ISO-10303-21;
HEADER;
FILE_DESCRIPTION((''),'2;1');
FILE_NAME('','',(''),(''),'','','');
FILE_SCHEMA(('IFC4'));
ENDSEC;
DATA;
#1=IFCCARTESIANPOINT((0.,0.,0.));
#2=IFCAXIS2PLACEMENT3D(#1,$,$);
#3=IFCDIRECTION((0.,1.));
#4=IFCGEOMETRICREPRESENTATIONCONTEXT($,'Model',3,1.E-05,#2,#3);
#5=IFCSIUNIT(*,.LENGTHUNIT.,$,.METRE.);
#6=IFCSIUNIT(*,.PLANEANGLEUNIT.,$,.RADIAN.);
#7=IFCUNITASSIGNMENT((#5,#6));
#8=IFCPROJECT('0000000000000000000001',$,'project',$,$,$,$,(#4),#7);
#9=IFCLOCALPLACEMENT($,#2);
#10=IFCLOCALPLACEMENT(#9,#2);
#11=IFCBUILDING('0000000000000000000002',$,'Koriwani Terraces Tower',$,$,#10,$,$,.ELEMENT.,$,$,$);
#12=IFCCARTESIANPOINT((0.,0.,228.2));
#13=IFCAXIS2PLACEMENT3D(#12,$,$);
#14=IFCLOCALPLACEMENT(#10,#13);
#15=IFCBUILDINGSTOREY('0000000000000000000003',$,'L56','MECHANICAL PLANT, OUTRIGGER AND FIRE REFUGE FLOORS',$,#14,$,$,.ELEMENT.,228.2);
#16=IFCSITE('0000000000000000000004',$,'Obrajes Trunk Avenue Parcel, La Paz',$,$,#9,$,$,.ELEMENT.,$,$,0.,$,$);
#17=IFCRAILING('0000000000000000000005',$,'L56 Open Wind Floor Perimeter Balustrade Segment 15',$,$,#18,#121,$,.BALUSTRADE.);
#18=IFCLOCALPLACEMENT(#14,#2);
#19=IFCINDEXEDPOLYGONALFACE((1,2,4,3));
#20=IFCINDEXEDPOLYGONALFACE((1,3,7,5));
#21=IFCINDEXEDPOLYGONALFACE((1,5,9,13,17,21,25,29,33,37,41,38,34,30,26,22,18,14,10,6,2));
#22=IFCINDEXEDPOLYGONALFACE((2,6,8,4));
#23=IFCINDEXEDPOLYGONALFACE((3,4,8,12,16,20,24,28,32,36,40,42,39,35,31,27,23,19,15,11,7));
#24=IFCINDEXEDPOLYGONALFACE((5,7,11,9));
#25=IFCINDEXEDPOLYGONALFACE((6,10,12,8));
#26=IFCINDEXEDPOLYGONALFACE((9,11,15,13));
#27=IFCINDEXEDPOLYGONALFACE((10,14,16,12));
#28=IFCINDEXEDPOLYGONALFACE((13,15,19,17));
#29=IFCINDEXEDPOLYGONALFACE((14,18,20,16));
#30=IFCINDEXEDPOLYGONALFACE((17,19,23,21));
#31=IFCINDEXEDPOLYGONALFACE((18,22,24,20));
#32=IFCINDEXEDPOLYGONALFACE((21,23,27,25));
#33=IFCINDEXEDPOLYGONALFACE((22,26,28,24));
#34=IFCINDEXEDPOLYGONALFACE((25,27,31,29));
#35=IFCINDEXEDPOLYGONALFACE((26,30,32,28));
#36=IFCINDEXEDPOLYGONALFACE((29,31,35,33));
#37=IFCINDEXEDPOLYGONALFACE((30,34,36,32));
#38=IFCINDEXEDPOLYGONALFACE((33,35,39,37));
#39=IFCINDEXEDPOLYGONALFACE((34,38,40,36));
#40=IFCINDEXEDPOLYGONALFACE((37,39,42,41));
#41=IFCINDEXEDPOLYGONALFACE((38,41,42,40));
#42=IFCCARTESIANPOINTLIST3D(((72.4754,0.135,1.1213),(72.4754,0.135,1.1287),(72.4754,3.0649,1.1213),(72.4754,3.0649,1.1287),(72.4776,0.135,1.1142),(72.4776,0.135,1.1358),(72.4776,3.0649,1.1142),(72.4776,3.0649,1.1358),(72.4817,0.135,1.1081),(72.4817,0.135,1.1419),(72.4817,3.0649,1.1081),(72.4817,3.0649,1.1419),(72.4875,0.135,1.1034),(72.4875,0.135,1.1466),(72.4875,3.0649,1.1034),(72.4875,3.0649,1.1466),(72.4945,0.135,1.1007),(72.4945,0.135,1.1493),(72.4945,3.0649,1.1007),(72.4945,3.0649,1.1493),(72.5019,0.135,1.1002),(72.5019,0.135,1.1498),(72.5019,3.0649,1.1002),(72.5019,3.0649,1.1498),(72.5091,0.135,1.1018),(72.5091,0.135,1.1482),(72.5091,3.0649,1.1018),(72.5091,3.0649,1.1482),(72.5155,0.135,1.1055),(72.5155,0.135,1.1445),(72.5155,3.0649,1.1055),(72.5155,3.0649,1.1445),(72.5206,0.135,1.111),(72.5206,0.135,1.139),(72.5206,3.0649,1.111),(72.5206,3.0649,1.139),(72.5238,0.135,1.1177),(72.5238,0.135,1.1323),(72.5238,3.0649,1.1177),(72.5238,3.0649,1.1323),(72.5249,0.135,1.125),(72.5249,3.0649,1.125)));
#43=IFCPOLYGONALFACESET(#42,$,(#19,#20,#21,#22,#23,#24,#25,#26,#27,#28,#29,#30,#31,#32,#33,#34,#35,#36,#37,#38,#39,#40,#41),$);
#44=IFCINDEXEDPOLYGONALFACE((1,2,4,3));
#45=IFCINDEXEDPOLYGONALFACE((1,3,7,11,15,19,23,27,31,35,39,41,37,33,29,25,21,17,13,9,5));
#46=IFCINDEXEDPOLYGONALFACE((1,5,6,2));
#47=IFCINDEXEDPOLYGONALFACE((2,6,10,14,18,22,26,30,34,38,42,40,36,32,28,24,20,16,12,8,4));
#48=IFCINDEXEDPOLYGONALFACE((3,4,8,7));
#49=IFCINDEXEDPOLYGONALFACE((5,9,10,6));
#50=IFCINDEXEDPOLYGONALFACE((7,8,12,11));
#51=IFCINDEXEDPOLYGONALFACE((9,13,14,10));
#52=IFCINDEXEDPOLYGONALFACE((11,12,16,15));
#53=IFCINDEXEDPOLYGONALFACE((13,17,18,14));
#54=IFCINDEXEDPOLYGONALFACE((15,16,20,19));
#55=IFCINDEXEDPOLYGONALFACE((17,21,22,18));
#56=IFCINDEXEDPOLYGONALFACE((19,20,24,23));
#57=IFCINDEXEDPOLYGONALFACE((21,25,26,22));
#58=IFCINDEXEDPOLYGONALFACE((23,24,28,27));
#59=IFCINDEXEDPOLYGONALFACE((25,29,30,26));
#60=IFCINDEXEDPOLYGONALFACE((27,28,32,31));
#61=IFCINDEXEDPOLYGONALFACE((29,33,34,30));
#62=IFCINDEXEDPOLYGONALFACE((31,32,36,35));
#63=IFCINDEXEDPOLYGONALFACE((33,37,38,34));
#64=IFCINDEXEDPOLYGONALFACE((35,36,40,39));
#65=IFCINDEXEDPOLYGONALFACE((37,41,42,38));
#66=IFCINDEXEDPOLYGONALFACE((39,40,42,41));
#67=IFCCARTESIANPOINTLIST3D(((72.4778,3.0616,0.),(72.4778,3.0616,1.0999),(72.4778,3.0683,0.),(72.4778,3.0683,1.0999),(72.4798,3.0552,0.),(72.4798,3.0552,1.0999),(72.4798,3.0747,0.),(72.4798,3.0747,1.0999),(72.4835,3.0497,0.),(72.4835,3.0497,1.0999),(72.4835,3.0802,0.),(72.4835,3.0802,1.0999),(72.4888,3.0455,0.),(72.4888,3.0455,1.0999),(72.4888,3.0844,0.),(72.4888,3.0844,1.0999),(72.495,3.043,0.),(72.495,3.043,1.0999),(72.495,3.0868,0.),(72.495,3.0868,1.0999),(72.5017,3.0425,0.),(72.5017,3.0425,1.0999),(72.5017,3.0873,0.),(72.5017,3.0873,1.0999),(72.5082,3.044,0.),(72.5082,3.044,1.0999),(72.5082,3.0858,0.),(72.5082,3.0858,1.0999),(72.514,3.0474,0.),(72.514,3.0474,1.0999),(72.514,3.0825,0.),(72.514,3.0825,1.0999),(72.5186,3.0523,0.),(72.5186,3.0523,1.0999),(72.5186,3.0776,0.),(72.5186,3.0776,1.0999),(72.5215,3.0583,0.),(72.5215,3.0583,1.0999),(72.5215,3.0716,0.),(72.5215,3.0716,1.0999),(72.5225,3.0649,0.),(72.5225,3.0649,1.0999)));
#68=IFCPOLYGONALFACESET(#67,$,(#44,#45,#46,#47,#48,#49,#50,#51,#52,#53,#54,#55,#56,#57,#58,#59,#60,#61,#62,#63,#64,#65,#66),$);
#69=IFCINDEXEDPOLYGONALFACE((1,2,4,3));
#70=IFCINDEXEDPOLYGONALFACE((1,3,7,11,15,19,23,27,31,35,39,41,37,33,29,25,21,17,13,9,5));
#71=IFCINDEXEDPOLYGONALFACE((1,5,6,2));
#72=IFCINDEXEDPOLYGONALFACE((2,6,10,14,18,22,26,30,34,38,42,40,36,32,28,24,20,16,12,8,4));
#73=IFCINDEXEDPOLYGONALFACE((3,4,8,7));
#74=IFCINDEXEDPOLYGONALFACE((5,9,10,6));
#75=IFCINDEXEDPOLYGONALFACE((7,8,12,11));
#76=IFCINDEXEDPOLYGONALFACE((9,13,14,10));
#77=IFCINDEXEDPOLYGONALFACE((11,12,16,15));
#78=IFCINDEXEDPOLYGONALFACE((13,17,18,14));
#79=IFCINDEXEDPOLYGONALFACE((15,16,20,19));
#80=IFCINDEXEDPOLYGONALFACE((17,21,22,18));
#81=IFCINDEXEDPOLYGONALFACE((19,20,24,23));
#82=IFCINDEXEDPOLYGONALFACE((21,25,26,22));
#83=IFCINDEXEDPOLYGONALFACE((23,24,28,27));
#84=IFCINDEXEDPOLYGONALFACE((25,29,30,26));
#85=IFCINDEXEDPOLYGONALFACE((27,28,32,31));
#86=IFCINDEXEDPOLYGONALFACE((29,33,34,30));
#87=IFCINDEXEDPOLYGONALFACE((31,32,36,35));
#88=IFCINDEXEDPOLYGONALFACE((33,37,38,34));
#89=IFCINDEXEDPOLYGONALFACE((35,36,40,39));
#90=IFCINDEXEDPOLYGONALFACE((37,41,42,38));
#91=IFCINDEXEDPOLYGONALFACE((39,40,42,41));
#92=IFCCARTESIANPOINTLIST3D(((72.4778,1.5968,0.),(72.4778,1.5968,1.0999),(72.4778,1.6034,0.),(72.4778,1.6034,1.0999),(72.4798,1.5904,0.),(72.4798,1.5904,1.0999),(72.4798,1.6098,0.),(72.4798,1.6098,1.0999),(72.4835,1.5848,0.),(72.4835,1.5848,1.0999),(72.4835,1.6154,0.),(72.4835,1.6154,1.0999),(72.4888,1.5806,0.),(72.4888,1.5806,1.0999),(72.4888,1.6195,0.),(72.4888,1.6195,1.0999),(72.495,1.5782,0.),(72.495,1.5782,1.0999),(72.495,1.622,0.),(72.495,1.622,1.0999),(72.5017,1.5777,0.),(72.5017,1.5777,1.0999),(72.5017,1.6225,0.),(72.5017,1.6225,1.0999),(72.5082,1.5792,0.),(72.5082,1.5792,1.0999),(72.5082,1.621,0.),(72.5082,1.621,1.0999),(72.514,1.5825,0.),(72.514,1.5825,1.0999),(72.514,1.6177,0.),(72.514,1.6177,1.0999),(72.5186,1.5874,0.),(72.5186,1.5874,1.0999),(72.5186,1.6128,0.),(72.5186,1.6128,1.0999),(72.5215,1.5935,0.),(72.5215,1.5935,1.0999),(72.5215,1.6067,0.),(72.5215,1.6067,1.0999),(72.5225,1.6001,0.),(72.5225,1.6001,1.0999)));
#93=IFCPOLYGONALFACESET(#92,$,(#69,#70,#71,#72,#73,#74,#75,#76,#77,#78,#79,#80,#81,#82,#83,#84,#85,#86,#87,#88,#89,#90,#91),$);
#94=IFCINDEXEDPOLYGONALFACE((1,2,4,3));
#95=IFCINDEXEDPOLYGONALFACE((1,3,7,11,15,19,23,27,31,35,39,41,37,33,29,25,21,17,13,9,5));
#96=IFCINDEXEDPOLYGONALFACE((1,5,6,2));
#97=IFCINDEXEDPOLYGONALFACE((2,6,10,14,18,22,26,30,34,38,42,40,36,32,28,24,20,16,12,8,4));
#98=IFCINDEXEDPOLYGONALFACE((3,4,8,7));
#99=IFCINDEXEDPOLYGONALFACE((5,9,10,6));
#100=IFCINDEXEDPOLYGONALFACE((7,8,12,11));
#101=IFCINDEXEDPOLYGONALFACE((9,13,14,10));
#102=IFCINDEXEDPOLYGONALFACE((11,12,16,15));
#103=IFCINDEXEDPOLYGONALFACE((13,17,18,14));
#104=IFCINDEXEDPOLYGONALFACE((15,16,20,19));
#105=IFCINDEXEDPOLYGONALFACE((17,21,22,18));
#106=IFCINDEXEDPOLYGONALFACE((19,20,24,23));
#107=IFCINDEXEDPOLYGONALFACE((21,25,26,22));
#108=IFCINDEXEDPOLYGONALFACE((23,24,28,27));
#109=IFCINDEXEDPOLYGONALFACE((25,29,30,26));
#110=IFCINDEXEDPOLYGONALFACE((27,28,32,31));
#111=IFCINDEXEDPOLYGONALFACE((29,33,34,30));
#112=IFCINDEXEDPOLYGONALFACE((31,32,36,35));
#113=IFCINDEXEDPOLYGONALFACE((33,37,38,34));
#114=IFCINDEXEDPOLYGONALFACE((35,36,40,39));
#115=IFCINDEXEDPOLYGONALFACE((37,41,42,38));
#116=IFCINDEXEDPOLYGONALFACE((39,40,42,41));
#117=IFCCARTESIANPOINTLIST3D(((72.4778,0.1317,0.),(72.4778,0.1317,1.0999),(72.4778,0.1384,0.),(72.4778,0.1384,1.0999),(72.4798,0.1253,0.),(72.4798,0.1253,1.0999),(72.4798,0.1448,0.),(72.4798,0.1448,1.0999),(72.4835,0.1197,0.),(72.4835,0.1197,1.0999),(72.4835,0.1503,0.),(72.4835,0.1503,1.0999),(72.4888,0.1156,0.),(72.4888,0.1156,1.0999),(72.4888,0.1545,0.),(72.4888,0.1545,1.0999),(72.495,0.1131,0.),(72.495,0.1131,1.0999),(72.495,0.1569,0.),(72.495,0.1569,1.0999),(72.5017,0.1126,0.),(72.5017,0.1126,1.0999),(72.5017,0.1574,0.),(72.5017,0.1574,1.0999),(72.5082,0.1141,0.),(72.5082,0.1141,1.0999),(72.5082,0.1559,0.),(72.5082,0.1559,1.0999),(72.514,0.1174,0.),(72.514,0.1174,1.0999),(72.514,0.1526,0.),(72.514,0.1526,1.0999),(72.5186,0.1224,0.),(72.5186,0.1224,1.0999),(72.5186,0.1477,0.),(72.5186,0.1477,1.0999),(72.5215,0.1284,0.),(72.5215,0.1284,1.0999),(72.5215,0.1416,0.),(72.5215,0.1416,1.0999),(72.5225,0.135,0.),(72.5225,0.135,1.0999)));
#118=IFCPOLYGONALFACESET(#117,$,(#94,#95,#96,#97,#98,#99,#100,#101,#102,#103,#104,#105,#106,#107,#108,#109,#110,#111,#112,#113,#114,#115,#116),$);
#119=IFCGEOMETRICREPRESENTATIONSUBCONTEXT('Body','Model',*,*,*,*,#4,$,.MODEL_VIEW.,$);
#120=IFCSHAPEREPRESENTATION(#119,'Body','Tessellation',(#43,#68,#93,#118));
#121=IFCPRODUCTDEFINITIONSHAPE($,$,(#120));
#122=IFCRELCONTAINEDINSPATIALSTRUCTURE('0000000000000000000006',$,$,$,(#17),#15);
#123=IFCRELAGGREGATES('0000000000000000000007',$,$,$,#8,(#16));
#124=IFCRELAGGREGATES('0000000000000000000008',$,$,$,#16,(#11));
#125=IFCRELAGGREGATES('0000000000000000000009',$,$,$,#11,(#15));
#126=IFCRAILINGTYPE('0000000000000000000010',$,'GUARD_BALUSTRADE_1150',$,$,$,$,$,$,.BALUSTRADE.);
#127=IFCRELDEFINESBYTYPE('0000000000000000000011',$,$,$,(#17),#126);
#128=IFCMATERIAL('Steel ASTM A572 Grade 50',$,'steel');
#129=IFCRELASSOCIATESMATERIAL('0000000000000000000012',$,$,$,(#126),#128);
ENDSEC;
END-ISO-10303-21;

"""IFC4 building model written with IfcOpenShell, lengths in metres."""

from ifc_helpers import new_model, si_unit, direction, frame, origin, origin_2d, place, context, subcontext, project, spatial, circle, extrude, material, type_object, element, save


model = new_model("IFC4")

# Units and contexts
model_context = context("Model", 3, precision=1e-05, world=origin(), true_north=direction((0.0, 1.0)))
body_context = subcontext(model_context, "Body", "Model", "MODEL_VIEW")
ifc_project = project(units=[si_unit("LENGTHUNIT", "METRE"), si_unit("PLANEANGLEUNIT", "RADIAN")], contexts=[model_context])

# Site, building, storey
site_placement = place(None, origin())
site = spatial("IfcSite", under=ifc_project, at=site_placement, Name="Obrajes Trunk Avenue Parcel, La Paz", CompositionType="ELEMENT", RefElevation=0.0)
building_placement = place(site_placement, origin())
building = spatial("IfcBuilding", under=site, at=building_placement, Name="Koriwani Terraces Tower", CompositionType="ELEMENT")
storey_placement = place(building_placement, frame((0.0, 0.0, 228.2)))
storey = spatial("IfcBuildingStorey", under=building, at=storey_placement, Name="L56", Description="MECHANICAL PLANT, OUTRIGGER AND FIRE REFUGE FLOORS", CompositionType="ELEMENT", Elevation=228.2)

# Shared definitions
ifc_material_1 = material(Name="Steel ASTM A572 Grade 50", Category="steel")

# Railing
railing_type = type_object("IfcRailingType", Name="GUARD_BALUSTRADE_1150", PredefinedType="BALUSTRADE", material=ifc_material_1)
railing_1_placement = place(storey_placement, frame((72.5, 3.0649, 0.0)))
element("IfcRailing", 1, at=railing_1_placement, inside=storey, type_object=railing_type, Name="L56 Open Wind Floor Perimeter Balustrade Segment 15", PredefinedType="BALUSTRADE", context=body_context, shape_type="SweptSolid", body=[
    extrude(circle(Radius=0.0249, at=origin_2d()), frame((0.0, 0.0, 1.125), z_axis=(0.0, -1.0, 0.0), x_axis=(1.0, 0.0, 0.0)), (0.0, 0.0, 1.0), 2.9299),
    extrude(circle(Radius=0.0225, at=origin_2d()), origin(), (0.0, 0.0, 1.0), 1.0999),
    extrude(circle(Radius=0.0225, at=origin_2d()), frame((0.0, -1.4648, 0.0)), (0.0, 0.0, 1.0), 1.0999),
    extrude(circle(Radius=0.0225, at=origin_2d()), frame((0.0, -2.9299, 0.0)), (0.0, 0.0, 1.0), 1.0999),
])

save(model, "model.ifc")
